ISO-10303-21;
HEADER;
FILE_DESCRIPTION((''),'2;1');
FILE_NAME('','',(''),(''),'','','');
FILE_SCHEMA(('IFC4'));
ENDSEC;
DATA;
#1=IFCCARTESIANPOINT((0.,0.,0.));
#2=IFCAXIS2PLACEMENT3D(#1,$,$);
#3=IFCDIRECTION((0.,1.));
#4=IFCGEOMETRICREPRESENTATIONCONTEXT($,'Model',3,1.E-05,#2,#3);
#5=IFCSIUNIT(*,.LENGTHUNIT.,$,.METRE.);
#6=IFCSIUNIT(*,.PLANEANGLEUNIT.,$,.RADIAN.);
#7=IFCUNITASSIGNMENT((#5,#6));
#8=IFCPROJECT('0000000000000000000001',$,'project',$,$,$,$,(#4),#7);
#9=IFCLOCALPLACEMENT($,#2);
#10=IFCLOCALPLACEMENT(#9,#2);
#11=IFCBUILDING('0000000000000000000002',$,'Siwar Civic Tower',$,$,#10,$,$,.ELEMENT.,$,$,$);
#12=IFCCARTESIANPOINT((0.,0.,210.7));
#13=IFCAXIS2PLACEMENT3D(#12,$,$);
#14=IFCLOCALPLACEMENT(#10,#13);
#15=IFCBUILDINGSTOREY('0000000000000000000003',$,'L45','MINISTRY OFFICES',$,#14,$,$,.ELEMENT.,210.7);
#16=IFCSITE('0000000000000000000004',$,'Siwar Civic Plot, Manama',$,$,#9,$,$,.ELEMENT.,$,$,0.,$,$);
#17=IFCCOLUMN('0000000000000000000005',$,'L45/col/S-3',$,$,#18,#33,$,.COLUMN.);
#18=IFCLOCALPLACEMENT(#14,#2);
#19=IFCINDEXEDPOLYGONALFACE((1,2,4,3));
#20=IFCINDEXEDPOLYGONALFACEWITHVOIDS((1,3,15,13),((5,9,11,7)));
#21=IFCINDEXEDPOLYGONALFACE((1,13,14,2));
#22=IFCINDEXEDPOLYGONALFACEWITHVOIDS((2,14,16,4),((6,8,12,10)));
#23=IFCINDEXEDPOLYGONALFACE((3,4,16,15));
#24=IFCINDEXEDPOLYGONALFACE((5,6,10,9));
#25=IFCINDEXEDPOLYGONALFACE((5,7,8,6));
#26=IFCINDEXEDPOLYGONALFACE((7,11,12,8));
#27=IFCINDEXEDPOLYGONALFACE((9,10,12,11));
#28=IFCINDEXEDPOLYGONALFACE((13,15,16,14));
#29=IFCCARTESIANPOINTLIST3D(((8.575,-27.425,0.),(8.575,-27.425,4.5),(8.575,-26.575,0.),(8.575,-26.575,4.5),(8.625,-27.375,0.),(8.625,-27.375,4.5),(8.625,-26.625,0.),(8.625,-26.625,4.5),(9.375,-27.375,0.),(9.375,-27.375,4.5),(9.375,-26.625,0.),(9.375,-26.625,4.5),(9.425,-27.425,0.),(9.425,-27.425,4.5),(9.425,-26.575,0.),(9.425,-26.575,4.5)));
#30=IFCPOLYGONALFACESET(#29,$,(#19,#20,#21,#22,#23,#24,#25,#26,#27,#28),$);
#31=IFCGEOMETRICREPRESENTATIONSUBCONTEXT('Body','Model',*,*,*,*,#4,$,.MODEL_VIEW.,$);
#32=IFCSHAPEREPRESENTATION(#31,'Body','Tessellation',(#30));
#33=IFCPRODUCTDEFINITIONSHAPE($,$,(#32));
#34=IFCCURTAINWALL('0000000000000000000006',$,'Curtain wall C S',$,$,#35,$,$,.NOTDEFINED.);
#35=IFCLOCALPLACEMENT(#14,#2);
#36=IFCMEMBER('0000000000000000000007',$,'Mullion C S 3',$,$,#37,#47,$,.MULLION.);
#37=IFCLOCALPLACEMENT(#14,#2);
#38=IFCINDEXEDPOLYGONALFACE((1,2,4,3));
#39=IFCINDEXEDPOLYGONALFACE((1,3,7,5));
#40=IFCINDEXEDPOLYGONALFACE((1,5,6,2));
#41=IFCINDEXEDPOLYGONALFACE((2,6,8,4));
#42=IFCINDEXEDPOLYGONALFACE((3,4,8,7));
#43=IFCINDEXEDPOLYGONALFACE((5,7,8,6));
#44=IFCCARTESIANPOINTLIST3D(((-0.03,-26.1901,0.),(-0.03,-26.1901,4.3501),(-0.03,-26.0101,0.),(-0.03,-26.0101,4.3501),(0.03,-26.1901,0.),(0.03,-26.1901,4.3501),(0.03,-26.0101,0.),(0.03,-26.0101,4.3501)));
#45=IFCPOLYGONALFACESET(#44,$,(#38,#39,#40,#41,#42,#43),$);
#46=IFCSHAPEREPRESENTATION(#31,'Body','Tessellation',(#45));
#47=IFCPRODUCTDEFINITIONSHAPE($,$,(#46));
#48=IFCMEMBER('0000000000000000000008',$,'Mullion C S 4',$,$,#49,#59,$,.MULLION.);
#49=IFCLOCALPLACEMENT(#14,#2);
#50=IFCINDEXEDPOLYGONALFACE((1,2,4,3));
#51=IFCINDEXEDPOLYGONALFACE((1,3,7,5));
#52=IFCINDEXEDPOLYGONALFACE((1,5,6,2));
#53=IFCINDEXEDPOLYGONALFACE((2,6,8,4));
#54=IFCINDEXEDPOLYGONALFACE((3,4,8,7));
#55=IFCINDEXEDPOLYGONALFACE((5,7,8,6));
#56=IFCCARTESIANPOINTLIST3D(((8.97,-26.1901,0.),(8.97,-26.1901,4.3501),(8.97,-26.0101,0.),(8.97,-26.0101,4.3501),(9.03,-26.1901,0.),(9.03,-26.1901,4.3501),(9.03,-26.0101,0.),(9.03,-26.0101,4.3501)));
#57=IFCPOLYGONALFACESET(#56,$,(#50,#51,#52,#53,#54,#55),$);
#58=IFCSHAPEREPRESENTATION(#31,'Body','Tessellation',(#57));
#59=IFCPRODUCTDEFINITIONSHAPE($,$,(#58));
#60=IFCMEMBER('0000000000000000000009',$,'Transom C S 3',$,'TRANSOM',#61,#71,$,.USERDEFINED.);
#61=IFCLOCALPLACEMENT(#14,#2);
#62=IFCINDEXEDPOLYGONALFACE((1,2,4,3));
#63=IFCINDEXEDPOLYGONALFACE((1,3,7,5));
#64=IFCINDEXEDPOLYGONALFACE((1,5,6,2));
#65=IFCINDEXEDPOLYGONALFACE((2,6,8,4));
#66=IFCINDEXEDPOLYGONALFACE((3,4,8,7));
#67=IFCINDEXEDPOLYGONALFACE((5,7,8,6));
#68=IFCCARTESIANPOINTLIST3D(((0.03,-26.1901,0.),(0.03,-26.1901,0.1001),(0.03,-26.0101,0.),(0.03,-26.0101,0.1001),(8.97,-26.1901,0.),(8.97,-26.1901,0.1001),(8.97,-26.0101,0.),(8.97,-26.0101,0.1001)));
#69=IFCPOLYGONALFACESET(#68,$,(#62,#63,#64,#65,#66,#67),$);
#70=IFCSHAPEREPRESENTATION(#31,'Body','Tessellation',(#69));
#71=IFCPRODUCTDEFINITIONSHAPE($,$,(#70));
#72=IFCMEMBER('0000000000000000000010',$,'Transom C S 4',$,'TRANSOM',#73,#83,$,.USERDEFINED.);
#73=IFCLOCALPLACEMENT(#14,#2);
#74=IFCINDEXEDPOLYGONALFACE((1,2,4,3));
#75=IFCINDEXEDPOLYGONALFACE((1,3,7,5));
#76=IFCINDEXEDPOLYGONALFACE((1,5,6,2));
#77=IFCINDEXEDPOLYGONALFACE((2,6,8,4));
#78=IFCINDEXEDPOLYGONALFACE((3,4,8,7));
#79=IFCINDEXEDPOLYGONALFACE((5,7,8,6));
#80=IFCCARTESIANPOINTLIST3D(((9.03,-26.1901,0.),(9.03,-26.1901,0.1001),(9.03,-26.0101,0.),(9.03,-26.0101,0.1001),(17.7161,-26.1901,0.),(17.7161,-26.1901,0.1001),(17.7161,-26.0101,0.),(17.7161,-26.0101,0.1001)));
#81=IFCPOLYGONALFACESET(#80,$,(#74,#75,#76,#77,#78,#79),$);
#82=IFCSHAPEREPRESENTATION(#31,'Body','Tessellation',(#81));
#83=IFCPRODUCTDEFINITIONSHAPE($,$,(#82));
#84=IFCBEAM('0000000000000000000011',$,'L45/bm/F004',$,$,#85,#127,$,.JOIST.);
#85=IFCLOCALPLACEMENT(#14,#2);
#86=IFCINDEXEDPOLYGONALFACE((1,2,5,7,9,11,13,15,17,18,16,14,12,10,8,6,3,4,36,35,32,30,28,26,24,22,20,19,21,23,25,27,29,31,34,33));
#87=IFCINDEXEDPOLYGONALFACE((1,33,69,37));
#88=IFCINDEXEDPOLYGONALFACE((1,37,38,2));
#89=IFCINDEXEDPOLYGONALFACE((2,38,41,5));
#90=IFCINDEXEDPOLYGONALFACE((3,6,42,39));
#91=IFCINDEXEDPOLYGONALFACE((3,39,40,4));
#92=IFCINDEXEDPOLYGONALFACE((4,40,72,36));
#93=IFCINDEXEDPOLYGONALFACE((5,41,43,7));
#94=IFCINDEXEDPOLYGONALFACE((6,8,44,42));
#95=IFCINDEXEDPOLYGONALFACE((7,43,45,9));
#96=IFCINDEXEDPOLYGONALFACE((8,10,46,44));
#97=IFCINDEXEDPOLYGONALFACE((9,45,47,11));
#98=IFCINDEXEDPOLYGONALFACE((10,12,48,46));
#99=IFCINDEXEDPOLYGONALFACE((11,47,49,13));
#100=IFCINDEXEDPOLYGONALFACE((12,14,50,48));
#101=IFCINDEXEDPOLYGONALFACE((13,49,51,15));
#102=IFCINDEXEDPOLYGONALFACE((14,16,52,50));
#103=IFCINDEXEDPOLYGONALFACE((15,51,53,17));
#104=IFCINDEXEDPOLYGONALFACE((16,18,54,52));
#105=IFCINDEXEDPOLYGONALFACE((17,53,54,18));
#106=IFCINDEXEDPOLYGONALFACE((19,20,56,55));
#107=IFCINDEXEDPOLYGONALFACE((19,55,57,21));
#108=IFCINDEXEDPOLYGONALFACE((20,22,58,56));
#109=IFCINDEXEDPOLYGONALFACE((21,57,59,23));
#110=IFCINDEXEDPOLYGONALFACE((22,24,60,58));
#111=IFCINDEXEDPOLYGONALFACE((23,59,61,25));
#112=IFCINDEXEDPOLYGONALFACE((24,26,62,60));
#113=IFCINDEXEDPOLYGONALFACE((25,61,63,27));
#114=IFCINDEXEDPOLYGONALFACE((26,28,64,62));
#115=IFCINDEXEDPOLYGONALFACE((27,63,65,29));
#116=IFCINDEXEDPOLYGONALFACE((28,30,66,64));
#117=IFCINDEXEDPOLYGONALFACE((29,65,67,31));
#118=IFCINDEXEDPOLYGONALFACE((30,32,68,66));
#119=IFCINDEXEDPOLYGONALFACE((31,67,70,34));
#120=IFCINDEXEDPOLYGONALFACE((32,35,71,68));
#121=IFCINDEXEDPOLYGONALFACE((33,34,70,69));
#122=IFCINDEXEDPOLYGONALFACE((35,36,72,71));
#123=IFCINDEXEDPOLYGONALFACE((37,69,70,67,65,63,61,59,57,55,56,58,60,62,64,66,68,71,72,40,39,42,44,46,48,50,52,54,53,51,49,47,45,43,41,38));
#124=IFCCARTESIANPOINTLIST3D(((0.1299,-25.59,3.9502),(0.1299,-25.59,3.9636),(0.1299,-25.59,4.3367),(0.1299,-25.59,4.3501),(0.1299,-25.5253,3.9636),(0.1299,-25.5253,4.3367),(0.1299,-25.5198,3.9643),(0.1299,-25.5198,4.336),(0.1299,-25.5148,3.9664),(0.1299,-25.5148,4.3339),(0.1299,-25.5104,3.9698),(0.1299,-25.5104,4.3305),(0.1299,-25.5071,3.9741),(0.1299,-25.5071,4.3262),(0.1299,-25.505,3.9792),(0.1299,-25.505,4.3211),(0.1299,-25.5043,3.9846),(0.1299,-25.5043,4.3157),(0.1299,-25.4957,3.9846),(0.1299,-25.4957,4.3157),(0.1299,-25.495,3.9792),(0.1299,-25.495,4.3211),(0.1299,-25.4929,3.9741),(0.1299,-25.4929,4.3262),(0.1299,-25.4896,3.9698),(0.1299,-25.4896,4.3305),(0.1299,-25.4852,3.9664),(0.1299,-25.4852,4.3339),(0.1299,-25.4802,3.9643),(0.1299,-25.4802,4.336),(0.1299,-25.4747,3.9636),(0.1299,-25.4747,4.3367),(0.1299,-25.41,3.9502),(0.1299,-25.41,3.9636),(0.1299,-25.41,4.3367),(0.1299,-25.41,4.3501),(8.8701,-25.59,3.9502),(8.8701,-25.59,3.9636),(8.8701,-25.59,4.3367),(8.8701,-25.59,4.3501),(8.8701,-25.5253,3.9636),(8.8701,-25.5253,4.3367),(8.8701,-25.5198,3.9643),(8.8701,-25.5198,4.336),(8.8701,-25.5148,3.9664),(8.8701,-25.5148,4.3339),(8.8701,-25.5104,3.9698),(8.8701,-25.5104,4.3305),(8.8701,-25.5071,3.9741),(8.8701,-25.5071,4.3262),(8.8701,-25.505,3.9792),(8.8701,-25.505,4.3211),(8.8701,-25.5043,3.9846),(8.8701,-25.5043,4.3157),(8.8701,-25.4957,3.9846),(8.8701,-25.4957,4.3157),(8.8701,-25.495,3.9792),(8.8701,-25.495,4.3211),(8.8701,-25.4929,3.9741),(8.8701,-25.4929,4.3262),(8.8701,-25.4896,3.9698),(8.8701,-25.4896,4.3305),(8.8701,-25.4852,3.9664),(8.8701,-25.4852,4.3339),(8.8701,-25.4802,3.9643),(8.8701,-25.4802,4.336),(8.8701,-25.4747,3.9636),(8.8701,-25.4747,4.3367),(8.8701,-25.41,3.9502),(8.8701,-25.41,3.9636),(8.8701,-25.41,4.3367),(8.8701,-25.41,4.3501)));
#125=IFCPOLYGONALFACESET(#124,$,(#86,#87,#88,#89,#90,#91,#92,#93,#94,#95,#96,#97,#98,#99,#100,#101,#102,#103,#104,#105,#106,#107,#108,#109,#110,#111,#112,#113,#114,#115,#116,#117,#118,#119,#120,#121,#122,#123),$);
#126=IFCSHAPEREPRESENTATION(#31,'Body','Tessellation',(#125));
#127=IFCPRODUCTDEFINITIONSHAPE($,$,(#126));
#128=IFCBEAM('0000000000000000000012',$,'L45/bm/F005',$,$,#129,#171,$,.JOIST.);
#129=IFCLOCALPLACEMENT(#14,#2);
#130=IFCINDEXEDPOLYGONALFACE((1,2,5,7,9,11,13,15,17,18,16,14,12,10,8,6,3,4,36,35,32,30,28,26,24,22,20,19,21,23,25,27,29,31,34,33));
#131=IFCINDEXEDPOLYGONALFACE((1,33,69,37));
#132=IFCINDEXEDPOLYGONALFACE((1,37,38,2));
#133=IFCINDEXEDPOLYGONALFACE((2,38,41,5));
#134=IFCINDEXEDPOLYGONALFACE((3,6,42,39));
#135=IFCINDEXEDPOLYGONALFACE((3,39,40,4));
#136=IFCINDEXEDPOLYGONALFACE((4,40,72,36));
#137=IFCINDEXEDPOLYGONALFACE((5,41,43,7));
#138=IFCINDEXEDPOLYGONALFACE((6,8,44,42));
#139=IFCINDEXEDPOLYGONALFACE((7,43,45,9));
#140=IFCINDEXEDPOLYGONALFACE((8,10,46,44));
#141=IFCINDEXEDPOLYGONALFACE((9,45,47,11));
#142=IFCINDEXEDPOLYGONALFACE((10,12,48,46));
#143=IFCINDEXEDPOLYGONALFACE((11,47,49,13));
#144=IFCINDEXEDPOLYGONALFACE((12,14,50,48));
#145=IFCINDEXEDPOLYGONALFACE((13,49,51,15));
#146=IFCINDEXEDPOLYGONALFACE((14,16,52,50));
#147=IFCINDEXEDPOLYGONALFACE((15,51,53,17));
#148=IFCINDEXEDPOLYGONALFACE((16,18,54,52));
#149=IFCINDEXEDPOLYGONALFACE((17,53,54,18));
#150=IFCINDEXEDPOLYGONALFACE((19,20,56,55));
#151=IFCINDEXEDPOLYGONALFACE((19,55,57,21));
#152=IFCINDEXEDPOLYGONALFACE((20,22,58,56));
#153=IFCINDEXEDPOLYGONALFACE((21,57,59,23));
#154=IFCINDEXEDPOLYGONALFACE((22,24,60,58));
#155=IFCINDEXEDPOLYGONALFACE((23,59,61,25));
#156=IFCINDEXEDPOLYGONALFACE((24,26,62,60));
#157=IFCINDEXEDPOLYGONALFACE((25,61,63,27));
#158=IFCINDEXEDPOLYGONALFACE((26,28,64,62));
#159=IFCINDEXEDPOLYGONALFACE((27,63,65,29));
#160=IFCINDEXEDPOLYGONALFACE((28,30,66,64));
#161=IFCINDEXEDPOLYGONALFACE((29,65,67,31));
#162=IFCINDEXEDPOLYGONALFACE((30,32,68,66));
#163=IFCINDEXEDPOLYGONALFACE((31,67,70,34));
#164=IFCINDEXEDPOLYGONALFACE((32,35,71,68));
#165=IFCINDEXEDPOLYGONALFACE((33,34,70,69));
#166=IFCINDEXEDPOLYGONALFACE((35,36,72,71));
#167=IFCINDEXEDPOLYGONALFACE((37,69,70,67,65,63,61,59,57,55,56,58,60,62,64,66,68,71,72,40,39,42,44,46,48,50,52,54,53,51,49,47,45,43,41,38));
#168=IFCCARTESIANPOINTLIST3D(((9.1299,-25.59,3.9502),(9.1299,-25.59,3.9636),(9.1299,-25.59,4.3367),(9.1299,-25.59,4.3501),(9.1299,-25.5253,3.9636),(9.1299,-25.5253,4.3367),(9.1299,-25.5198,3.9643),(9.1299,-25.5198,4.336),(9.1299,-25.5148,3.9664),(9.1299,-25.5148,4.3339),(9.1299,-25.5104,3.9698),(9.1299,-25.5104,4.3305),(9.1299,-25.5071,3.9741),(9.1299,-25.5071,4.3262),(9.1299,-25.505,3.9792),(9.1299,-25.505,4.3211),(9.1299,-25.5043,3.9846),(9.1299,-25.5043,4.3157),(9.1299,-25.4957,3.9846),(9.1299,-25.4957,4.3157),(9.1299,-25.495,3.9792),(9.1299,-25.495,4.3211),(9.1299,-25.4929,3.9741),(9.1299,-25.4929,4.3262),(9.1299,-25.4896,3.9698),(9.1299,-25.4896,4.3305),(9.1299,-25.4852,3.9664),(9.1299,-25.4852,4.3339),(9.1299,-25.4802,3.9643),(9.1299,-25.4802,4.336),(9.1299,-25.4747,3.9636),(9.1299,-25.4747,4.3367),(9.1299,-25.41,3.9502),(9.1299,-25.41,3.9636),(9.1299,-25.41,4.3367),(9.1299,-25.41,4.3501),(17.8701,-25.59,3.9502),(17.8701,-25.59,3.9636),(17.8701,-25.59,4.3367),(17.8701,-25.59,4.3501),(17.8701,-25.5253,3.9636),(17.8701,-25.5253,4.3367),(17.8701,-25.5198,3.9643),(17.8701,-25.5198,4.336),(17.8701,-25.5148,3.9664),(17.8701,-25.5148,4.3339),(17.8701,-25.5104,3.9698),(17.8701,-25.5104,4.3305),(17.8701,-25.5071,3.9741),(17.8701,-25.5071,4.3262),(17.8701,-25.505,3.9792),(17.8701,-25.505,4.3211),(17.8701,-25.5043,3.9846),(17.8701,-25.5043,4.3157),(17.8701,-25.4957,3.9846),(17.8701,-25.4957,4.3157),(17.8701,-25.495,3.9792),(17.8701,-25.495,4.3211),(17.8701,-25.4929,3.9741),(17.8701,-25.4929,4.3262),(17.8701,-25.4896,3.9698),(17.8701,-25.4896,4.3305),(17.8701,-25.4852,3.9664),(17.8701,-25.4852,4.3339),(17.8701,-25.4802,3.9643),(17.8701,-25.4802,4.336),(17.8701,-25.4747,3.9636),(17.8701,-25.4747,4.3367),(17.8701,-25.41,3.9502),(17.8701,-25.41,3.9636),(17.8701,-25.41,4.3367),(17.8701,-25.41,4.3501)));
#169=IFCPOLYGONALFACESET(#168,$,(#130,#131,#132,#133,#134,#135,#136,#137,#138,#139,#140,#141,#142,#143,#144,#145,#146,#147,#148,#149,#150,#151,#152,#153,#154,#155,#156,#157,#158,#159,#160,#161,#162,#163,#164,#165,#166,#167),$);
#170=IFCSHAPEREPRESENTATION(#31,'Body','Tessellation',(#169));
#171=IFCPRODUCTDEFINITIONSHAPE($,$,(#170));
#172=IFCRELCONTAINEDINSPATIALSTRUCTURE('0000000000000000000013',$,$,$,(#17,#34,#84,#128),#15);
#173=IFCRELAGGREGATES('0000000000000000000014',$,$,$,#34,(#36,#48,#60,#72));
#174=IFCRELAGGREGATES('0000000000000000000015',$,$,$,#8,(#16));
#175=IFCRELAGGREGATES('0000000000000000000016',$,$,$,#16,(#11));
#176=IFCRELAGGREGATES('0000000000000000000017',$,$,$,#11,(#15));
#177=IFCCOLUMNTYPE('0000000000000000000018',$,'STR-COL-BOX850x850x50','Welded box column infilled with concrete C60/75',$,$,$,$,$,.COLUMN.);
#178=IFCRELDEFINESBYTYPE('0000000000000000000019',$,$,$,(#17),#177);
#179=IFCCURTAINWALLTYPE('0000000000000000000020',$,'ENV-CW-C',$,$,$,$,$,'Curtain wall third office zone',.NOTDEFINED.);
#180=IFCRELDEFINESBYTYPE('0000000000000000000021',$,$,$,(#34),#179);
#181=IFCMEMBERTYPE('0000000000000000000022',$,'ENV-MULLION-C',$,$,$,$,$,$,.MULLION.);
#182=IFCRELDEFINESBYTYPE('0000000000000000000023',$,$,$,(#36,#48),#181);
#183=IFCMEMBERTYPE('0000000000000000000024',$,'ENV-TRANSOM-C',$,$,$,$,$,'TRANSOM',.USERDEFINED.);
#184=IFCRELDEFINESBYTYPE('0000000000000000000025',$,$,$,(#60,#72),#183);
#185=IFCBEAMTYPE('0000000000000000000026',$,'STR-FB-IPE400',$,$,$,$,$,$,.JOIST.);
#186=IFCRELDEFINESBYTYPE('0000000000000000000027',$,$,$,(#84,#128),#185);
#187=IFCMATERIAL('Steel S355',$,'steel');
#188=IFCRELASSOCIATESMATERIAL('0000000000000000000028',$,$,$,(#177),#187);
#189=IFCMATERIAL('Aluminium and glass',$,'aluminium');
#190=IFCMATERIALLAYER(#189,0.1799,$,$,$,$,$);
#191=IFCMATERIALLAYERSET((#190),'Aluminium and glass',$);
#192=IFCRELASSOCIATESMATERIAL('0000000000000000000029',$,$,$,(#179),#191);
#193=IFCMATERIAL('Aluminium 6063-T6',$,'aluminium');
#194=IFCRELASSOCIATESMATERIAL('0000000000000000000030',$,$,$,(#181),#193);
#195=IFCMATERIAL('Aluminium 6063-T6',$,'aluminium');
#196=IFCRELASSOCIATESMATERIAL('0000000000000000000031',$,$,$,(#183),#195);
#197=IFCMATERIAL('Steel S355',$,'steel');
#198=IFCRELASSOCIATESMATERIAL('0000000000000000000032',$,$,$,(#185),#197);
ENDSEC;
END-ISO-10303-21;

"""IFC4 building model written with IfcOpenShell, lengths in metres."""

from ifc_helpers import new_model, si_unit, direction, frame, origin, origin_2d, place, context, subcontext, project, spatial, rectangle, hollow_rectangle, i_section, extrude, material, layer, layer_set, material_profile, profile_set, type_object, element, aggregate, save


model = new_model("IFC4")

# Units and contexts
model_context = context("Model", 3, precision=1e-05, world=origin(), true_north=direction((0.0, 1.0)))
body_context = subcontext(model_context, "Body", "Model", "MODEL_VIEW")
ifc_project = project(units=[si_unit("LENGTHUNIT", "METRE"), si_unit("PLANEANGLEUNIT", "RADIAN")], contexts=[model_context])

# Site, building, storey
site_placement = place(None, origin())
site = spatial("IfcSite", under=ifc_project, at=site_placement, Name="Siwar Civic Plot, Manama", CompositionType="ELEMENT", RefElevation=0.0)
building_placement = place(site_placement, origin())
building = spatial("IfcBuilding", under=site, at=building_placement, Name="Siwar Civic Tower", CompositionType="ELEMENT")
storey_placement = place(building_placement, frame((0.0, 0.0, 210.7)))
storey = spatial("IfcBuildingStorey", under=building, at=storey_placement, Name="L45", Description="MINISTRY OFFICES", CompositionType="ELEMENT", Elevation=210.7)

# Column
ifc_material_1 = material(Name="Steel S355", Category="steel")
ifc_material_profile_1 = material_profile(ifc_material_1, hollow_rectangle(XDim=0.8501, YDim=0.8501, WallThickness=0.05, at=origin_2d()), Name="BOX850x850x50")
ifc_profile_set_1 = profile_set([ifc_material_profile_1], Name="Steel S355")
column_type = type_object("IfcColumnType", Name="STR-COL-BOX850x850x50", Description="Welded box column infilled with concrete C60/75", PredefinedType="COLUMN", material=ifc_profile_set_1)
column_placement = place(storey_placement, frame((9.0, -27.0, 0.0), z_axis=(0.0, 0.0, 1.0), x_axis=(1.0, 0.0, 0.0)))
element("IfcColumn", 1, at=column_placement, inside=storey, type_object=column_type, Name="L45/col/S-3", PredefinedType="COLUMN", context=body_context, shape_type="SweptSolid", body=[
    extrude(hollow_rectangle(XDim=0.8501, YDim=0.8501, WallThickness=0.05, at=origin_2d()), origin(), (0.0, 0.0, 1.0), 4.5),
])

# Curtain wall, members
ifc_material_2 = material(Name="Aluminium and glass", Category="aluminium")
ifc_layer_1 = layer(ifc_material_2, 0.1799)
ifc_layer_set_1 = layer_set([ifc_layer_1], Name="Aluminium and glass")
curtain_wall_type = type_object("IfcCurtainWallType", Name="ENV-CW-C", ElementType="Curtain wall third office zone", PredefinedType="NOTDEFINED", material=ifc_layer_set_1)
curtain_wall_placement = place(storey_placement, origin())
curtain_wall = element("IfcCurtainWall", 2, at=curtain_wall_placement, inside=storey, type_object=curtain_wall_type, Name="Curtain wall C S", PredefinedType="NOTDEFINED")
ifc_material_3 = material(Name="Aluminium 6063-T6", Category="aluminium")
ifc_material_profile_2 = material_profile(ifc_material_3, rectangle(XDim=0.1799, YDim=0.0601, at=origin_2d()), Name="AL 180x60")
ifc_profile_set_2 = profile_set([ifc_material_profile_2], Name="Aluminium 6063-T6")
member_type_1 = type_object("IfcMemberType", Name="ENV-MULLION-C", PredefinedType="MULLION", material=ifc_profile_set_2)
member_1_placement = place(storey_placement, frame((0.0, -26.1001, 0.0), z_axis=(0.0, 0.0, 1.0), x_axis=(0.0, 1.0, 0.0)))
member_1 = element("IfcMember", 3, at=member_1_placement, type_object=member_type_1, Name="Mullion C S 3", PredefinedType="MULLION", context=body_context, shape_type="SweptSolid", body=[
    extrude(rectangle(XDim=0.1799, YDim=0.0601, at=origin_2d()), origin(), (0.0, 0.0, 1.0), 4.3501),
])
member_2_placement = place(storey_placement, frame((9.0, -26.1001, 0.0), z_axis=(0.0, 0.0, 1.0), x_axis=(0.0, 1.0, 0.0)))
member_2 = element("IfcMember", 4, at=member_2_placement, type_object=member_type_1, Name="Mullion C S 4", PredefinedType="MULLION", context=body_context, shape_type="SweptSolid", body=[
    extrude(rectangle(XDim=0.1799, YDim=0.0601, at=origin_2d()), origin(), (0.0, 0.0, 1.0), 4.3501),
])
ifc_material_4 = material(Name="Aluminium 6063-T6", Category="aluminium")
ifc_material_profile_3 = material_profile(ifc_material_4, rectangle(XDim=0.1799, YDim=0.1001, at=origin_2d()), Name="AL 180x100")
ifc_profile_set_3 = profile_set([ifc_material_profile_3], Name="Aluminium 6063-T6")
member_type_2 = type_object("IfcMemberType", Name="ENV-TRANSOM-C", ElementType="TRANSOM", PredefinedType="USERDEFINED", material=ifc_profile_set_3)
member_3_placement = place(storey_placement, frame((0.03, -26.1001, 0.05), z_axis=(1.0, 0.0, 0.0), x_axis=(0.0, 1.0, 0.0)))
member_3 = element("IfcMember", 5, at=member_3_placement, type_object=member_type_2, Name="Transom C S 3", ObjectType="TRANSOM", PredefinedType="USERDEFINED", context=body_context, shape_type="SweptSolid", body=[
    extrude(rectangle(XDim=0.1799, YDim=0.1001, at=origin_2d()), origin(), (0.0, 0.0, 1.0), 8.9399),
])
member_4_placement = place(storey_placement, frame((9.03, -26.1001, 0.05), z_axis=(1.0, 0.0, 0.0), x_axis=(0.0, 1.0, 0.0)))
member_4 = element("IfcMember", 6, at=member_4_placement, type_object=member_type_2, Name="Transom C S 4", ObjectType="TRANSOM", PredefinedType="USERDEFINED", context=body_context, shape_type="SweptSolid", body=[
    extrude(rectangle(XDim=0.1799, YDim=0.1001, at=origin_2d()), origin(), (0.0, 0.0, 1.0), 8.686),
])

# Beams
ifc_material_5 = material(Name="Steel S355", Category="steel")
ifc_material_profile_4 = material_profile(ifc_material_5, i_section(OverallWidth=0.1799, OverallDepth=0.3999, WebThickness=0.0085, FlangeThickness=0.0134, FilletRadius=0.021, at=origin_2d()), Name="IPE400")
ifc_profile_set_4 = profile_set([ifc_material_profile_4], Name="Steel S355")
beam_type_1 = type_object("IfcBeamType", Name="STR-FB-IPE400", PredefinedType="JOIST", material=ifc_profile_set_4)
for number, where, z_axis, x_axis, name in (
    (7, (0.1299, -25.5, 4.1501), (1.0, 0.0, 0.0), (0.0, 1.0, 0.0), "L45/bm/F004"),
    (8, (9.1299, -25.5, 4.1501), (1.0, 0.0, 0.0), (0.0, 1.0, 0.0), "L45/bm/F005"),
):
    element("IfcBeam", number, at=place(storey_placement, frame(where, z_axis=z_axis, x_axis=x_axis)), inside=storey, type_object=beam_type_1, Name=name, PredefinedType="JOIST", context=body_context, shape_type="SweptSolid", body=[
        extrude(i_section(OverallWidth=0.1799, OverallDepth=0.3999, WebThickness=0.0085, FlangeThickness=0.0134, FilletRadius=0.021, at=origin_2d()), origin(), (0.0, 0.0, 1.0), 8.7402),
    ])

aggregate(curtain_wall, [member_1, member_2, member_3, member_4])

save(model, "model.ifc")
